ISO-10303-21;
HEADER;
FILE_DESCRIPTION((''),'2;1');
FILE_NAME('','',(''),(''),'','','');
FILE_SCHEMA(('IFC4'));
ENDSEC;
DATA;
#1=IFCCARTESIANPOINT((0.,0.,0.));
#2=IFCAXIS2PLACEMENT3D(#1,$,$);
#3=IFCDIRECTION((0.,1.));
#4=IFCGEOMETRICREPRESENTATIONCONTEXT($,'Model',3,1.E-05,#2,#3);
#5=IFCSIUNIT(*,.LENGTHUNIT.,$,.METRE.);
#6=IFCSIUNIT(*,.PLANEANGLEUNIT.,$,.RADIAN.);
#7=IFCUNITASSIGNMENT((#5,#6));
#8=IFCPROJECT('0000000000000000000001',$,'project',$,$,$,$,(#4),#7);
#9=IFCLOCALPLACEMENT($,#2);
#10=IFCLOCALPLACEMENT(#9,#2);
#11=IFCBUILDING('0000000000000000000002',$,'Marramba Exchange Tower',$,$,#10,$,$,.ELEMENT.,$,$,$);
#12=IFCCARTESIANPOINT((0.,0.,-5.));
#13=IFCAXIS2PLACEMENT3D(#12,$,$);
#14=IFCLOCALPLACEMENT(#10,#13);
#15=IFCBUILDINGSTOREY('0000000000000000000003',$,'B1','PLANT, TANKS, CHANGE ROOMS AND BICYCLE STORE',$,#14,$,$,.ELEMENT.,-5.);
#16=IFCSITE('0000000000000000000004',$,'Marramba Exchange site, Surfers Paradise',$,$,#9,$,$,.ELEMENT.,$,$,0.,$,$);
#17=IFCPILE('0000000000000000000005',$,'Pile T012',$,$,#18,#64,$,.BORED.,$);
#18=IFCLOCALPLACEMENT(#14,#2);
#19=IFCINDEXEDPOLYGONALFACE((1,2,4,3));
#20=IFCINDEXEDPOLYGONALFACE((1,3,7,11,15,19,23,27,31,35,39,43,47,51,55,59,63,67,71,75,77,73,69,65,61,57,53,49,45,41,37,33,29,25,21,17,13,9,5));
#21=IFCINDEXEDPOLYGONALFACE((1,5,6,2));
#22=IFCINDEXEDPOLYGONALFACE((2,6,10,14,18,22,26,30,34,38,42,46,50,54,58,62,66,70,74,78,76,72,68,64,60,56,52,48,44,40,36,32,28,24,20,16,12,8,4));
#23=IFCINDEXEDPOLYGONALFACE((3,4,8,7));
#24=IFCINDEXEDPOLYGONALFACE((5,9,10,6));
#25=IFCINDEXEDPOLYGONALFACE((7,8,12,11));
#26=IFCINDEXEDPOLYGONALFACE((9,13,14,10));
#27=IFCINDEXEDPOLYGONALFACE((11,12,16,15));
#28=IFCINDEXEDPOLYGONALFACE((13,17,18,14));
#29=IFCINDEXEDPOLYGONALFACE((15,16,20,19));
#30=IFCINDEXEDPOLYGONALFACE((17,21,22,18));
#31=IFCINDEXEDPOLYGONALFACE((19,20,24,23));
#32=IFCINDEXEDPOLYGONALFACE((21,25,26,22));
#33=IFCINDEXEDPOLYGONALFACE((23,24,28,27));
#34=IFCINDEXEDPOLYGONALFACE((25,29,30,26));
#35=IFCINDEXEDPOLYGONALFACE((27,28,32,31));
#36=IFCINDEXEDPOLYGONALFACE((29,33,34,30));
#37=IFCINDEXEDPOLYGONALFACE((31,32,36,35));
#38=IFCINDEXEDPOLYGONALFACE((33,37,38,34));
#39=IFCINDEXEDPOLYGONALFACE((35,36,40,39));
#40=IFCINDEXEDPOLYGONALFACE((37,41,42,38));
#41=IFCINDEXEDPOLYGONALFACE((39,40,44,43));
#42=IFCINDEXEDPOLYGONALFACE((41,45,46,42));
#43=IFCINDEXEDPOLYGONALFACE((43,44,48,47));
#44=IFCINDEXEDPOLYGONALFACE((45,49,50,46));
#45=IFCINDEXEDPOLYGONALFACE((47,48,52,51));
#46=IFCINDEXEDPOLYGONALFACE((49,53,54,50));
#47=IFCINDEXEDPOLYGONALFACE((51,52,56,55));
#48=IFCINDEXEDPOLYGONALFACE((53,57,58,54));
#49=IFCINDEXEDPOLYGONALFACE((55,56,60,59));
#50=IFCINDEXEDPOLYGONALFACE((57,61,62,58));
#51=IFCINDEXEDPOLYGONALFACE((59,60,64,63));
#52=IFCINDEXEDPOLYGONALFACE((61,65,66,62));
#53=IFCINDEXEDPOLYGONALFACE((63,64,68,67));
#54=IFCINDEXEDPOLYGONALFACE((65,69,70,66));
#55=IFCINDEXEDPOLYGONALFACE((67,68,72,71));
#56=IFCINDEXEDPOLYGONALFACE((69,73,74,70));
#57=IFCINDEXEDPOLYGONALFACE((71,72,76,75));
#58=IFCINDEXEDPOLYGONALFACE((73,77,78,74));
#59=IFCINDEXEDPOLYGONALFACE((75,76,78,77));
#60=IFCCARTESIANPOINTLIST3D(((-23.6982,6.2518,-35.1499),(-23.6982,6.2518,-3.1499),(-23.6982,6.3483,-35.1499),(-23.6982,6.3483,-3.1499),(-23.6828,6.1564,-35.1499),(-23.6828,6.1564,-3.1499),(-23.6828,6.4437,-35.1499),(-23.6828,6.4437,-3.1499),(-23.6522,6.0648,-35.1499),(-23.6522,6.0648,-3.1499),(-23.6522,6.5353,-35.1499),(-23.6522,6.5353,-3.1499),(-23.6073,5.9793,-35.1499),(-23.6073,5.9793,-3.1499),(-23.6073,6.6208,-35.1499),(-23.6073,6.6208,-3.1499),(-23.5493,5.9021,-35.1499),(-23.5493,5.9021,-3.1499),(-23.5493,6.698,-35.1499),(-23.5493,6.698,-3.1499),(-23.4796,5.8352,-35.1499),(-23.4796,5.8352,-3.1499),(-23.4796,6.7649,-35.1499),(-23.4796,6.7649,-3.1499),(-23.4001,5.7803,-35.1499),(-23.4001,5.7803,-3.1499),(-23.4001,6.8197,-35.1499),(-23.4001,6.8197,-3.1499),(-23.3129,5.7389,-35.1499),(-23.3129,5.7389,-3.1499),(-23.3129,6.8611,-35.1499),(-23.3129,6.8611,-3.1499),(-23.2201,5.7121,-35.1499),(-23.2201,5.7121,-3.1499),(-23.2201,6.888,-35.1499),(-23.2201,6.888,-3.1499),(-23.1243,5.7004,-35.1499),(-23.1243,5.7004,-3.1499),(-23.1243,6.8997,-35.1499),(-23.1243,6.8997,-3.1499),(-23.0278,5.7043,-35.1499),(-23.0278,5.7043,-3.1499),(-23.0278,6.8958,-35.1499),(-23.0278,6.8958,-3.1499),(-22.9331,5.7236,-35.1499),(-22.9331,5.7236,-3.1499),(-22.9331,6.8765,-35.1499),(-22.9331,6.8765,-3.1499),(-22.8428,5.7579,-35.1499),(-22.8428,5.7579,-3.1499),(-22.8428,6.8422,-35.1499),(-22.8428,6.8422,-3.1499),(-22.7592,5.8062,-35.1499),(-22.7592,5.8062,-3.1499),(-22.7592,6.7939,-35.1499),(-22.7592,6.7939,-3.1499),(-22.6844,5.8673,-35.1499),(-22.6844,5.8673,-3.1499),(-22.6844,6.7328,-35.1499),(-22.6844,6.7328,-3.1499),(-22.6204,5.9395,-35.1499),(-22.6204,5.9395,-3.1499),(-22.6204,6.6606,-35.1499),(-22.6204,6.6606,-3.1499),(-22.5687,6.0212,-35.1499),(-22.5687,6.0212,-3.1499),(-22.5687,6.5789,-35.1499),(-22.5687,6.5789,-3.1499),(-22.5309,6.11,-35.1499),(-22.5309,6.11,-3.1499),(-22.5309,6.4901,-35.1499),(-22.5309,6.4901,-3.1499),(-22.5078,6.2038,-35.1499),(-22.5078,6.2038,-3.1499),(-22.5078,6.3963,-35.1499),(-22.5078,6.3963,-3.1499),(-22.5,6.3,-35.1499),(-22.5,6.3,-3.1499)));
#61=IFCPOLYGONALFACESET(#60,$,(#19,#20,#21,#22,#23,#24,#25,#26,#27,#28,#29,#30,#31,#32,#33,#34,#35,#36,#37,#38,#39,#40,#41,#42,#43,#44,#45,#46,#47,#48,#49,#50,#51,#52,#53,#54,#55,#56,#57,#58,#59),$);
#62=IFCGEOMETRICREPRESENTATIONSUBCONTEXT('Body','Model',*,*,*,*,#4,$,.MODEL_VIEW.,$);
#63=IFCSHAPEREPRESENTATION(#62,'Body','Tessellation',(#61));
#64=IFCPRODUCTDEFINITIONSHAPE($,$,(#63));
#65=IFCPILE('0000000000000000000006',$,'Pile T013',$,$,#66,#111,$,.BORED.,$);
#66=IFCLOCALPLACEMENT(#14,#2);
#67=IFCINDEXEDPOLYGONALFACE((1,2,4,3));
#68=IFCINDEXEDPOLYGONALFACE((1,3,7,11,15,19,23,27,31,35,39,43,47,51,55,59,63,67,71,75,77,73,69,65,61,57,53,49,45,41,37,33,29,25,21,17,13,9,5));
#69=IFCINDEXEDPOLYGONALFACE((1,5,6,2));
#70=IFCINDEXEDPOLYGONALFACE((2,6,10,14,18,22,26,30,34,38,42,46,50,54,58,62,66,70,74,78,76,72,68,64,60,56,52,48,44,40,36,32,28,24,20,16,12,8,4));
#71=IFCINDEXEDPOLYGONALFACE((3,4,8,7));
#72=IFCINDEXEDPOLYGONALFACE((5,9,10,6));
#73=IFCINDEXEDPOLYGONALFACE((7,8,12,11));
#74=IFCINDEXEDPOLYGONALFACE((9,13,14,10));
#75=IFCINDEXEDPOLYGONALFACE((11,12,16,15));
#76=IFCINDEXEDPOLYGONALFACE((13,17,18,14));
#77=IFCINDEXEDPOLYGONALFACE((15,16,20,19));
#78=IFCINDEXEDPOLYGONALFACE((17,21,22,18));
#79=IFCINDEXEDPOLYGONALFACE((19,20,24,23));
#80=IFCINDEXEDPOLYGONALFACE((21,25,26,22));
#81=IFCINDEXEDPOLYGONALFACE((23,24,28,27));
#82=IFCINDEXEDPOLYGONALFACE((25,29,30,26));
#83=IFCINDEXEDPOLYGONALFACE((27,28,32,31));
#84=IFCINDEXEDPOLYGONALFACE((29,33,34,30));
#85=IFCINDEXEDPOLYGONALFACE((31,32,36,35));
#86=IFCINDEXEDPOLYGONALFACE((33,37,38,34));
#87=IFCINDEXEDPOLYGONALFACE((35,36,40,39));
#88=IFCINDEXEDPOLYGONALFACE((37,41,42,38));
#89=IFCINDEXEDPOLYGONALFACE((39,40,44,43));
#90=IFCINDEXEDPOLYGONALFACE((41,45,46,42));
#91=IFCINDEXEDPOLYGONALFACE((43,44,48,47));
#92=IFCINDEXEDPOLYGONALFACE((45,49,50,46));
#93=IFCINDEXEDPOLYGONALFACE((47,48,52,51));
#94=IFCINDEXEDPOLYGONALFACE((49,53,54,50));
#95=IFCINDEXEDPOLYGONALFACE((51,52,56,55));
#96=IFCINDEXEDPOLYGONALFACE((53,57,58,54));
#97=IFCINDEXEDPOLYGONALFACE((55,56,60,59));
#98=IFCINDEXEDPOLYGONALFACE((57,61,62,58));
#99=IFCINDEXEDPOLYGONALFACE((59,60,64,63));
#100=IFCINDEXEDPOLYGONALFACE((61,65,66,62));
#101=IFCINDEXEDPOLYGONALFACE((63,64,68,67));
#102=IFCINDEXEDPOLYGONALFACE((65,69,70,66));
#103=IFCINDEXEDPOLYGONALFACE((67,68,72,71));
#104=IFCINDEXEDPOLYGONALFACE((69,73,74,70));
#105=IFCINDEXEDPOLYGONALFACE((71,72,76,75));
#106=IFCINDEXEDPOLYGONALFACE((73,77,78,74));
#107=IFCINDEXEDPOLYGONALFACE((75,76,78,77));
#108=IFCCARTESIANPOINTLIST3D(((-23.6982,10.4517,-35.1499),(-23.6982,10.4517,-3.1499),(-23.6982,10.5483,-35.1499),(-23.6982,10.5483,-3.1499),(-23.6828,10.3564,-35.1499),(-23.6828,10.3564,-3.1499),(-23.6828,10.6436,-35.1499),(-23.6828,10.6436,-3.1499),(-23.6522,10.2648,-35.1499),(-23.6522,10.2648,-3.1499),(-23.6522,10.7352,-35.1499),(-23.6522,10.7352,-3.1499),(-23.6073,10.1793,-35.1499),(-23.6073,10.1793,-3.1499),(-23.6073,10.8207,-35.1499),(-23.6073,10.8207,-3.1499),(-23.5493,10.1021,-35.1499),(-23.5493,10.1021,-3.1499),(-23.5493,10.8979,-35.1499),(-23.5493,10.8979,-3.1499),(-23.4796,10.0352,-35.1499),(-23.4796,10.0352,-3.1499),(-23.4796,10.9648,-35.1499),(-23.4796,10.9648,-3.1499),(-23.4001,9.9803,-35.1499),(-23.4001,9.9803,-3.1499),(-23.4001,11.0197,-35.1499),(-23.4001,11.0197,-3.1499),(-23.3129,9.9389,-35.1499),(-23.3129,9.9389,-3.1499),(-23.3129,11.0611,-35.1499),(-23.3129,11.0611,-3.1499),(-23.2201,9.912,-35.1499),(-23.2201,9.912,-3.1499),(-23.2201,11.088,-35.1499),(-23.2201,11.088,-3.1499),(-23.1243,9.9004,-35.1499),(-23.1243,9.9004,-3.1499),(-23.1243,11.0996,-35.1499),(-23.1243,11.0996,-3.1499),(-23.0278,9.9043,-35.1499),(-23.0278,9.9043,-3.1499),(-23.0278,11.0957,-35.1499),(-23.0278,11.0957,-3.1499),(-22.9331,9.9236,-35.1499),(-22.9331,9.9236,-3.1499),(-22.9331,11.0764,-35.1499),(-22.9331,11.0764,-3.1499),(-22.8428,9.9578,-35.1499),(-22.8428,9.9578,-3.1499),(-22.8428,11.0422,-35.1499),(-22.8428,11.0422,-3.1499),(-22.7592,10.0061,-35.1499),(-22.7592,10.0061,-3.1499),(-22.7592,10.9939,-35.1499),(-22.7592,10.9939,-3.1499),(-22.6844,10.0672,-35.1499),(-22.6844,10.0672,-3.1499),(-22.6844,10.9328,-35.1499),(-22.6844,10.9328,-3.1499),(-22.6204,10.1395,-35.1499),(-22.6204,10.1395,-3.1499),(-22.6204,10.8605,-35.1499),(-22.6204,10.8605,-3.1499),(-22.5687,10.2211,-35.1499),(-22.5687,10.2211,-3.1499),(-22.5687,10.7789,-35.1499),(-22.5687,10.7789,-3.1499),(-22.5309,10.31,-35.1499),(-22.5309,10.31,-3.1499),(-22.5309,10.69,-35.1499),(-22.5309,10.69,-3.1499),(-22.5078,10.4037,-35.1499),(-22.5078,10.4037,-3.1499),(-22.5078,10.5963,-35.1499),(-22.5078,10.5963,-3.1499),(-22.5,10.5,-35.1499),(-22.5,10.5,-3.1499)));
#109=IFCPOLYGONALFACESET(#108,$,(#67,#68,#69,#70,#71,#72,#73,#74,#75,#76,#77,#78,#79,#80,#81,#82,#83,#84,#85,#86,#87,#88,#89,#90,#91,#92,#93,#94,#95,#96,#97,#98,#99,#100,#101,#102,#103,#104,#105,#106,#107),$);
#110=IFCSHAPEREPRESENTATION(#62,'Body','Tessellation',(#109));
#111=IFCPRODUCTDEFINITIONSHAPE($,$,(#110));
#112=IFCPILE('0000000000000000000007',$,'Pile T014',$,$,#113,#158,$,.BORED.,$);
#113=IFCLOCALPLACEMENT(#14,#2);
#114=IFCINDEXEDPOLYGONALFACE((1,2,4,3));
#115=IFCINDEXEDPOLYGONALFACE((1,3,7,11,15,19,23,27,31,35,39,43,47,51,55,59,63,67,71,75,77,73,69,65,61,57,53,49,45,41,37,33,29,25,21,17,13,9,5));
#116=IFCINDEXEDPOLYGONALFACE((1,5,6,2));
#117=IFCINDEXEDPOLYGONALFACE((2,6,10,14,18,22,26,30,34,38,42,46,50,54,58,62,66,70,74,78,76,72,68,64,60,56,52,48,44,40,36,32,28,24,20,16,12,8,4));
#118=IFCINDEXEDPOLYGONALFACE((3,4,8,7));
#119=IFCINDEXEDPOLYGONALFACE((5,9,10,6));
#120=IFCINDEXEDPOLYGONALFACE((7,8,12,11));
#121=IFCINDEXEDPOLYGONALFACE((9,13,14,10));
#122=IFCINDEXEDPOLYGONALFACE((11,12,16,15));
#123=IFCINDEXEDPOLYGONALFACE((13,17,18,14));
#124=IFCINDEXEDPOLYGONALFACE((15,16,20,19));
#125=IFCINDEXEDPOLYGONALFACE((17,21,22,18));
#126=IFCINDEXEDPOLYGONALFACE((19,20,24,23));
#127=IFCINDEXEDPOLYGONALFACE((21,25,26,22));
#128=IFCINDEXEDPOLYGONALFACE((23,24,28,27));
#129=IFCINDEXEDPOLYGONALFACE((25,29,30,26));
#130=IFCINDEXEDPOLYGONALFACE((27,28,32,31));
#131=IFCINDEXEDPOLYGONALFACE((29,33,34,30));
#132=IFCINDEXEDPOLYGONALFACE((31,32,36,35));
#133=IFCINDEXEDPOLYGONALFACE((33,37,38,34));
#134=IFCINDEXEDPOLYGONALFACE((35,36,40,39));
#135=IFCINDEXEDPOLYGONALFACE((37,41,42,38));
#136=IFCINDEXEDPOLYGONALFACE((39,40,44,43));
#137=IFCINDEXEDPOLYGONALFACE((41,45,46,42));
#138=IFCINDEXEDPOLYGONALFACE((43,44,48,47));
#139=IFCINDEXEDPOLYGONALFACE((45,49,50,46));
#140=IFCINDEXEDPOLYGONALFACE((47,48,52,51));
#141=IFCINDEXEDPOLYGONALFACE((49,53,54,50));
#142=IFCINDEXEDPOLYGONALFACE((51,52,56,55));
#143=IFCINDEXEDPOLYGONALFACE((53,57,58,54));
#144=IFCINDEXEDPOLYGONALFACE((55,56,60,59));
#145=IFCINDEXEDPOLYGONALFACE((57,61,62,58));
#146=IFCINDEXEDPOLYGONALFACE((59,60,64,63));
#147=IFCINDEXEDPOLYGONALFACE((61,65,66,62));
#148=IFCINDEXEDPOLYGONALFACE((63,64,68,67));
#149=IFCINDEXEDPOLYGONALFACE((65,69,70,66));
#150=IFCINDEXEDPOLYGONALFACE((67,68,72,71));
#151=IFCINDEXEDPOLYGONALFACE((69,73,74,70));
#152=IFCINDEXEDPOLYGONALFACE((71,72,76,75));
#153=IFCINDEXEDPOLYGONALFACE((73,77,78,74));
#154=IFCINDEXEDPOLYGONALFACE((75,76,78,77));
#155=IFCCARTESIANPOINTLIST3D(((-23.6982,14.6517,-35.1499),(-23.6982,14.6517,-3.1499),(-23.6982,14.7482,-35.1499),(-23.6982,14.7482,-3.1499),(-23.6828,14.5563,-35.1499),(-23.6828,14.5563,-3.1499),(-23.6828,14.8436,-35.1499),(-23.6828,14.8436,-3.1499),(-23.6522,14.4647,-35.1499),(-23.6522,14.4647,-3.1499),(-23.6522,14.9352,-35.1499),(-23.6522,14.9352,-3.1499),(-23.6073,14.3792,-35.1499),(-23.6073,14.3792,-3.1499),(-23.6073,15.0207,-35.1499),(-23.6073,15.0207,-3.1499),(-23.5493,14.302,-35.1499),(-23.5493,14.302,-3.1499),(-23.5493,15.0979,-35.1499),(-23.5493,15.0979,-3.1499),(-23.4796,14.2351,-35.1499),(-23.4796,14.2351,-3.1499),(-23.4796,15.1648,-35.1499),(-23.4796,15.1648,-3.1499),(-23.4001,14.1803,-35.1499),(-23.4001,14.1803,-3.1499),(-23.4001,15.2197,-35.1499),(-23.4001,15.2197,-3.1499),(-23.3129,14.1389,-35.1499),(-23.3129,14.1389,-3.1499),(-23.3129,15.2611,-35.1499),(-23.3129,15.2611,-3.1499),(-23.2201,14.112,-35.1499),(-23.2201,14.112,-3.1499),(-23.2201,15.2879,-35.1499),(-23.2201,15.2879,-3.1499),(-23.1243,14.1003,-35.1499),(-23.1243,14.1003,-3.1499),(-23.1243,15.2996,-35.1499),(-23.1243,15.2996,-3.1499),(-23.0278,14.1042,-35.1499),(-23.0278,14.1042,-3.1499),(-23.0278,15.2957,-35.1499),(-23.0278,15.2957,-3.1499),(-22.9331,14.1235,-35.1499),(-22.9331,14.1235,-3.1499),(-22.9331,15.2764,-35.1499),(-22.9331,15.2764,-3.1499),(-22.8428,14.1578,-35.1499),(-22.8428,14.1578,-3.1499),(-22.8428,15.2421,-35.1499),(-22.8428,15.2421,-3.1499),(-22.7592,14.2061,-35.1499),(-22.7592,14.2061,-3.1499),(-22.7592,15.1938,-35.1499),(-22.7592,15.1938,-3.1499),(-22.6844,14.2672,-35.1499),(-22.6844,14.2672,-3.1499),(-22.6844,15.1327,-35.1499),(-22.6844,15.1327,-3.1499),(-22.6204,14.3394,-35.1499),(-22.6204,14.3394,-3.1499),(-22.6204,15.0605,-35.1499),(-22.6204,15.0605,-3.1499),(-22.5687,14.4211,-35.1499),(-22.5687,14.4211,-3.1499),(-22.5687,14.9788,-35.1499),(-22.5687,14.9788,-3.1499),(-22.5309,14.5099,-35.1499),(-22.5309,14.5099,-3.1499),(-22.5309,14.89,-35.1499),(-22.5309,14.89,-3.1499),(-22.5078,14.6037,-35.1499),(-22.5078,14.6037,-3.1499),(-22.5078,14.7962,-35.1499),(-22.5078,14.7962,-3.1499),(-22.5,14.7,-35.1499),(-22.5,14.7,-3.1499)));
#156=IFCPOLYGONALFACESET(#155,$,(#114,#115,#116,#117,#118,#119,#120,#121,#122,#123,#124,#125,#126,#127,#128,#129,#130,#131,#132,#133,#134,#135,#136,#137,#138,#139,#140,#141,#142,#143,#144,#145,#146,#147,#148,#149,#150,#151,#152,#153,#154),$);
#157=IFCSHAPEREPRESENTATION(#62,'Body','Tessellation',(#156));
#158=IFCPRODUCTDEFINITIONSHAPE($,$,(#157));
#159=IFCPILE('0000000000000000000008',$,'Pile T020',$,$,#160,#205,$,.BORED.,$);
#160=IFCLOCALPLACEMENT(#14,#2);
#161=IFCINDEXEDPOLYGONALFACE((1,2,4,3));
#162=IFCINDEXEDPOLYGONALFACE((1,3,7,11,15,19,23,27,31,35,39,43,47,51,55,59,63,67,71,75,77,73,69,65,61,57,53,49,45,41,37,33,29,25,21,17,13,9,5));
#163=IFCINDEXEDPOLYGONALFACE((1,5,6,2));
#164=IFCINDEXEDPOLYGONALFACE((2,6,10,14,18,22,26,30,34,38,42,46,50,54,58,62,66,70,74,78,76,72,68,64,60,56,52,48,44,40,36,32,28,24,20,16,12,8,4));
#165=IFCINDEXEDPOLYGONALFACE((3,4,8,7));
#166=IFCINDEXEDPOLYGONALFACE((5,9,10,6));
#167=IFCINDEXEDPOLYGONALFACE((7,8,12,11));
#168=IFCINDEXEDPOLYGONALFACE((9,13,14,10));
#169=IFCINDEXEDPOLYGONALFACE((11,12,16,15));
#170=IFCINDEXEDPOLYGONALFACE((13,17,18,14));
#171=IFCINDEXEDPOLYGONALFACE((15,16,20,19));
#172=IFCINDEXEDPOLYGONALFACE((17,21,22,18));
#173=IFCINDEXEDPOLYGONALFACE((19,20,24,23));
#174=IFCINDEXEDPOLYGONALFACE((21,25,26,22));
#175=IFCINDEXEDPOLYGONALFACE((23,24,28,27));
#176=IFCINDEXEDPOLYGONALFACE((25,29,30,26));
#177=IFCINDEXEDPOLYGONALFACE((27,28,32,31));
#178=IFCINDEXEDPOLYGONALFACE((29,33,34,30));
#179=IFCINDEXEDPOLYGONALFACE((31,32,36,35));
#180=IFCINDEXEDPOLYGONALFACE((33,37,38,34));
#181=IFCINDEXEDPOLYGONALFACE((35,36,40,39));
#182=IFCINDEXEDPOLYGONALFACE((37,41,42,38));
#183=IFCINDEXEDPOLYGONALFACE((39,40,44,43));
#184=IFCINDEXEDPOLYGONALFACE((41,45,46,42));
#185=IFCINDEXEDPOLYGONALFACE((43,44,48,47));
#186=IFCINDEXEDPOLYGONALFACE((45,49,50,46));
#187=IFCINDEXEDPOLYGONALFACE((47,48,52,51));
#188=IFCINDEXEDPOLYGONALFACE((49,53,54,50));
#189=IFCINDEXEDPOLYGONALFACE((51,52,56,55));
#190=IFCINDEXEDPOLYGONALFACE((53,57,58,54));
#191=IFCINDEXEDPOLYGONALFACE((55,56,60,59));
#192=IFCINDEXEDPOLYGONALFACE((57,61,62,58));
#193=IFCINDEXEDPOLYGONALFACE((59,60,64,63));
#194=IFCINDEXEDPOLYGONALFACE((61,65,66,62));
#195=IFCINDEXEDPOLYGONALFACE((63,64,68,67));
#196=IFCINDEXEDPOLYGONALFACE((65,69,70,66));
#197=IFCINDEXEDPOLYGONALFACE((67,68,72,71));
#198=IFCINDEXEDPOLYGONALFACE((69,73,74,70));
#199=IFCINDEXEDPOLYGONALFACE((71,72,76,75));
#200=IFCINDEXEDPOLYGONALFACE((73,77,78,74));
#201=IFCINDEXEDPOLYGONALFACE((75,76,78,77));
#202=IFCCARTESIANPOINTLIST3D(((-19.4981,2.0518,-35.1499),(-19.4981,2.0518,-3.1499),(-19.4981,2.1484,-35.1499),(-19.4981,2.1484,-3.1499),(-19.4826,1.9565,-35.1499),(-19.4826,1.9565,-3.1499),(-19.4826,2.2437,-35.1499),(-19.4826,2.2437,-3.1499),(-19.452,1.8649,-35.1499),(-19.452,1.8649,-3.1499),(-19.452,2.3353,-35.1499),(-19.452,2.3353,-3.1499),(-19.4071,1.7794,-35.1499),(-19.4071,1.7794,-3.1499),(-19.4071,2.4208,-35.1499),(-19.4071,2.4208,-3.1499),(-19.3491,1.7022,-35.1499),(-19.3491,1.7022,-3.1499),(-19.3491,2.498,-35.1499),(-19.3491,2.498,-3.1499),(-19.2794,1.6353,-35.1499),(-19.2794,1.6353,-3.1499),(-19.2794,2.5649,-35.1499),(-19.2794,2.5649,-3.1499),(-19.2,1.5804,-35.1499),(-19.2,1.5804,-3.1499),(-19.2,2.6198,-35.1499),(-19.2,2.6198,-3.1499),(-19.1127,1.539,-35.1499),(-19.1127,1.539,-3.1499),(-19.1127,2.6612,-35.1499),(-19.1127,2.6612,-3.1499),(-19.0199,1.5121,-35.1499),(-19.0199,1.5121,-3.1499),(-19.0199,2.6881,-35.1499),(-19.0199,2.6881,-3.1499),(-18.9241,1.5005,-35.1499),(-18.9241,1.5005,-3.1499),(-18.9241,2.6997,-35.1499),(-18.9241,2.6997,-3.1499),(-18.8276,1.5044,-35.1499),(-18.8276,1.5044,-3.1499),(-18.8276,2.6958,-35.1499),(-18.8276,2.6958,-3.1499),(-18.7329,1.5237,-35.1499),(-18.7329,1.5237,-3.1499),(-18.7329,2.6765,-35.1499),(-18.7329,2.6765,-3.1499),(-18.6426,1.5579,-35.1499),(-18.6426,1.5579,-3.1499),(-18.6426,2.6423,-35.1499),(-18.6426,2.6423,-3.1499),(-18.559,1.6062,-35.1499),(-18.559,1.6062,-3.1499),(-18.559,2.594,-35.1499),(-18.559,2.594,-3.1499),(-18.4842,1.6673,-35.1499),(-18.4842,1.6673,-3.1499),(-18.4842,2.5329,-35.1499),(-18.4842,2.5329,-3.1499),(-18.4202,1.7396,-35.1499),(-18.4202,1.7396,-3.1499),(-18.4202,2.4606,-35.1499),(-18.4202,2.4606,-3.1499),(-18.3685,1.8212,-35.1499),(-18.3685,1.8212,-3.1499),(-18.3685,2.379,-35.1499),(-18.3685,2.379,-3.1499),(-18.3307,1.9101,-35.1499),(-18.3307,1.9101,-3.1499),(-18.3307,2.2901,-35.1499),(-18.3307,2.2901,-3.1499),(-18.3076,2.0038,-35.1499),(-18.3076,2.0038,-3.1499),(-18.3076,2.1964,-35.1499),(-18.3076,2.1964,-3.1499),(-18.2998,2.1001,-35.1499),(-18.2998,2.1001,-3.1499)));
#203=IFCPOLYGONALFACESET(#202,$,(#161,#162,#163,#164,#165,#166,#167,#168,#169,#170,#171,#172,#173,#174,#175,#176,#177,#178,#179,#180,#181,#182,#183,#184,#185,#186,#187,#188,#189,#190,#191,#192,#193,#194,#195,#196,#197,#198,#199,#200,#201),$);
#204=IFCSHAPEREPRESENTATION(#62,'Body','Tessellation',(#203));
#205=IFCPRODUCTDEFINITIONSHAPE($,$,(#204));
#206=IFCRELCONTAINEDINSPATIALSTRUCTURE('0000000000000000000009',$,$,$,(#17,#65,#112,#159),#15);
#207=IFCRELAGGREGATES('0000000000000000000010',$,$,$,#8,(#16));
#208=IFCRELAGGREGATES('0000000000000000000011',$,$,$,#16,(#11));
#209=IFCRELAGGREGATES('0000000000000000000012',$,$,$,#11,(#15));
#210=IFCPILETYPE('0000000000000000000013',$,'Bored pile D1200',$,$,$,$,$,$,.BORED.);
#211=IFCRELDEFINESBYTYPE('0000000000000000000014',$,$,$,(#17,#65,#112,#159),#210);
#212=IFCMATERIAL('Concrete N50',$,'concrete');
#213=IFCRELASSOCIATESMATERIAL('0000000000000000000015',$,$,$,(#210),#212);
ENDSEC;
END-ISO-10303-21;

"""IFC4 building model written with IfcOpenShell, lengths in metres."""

from ifc_helpers import new_model, si_unit, direction, frame, origin, origin_2d, place, context, subcontext, project, spatial, circle, extrude, material, material_profile, profile_set, type_object, element, save


model = new_model("IFC4")

# Units and contexts
model_context = context("Model", 3, precision=1e-05, world=origin(), true_north=direction((0.0, 1.0)))
body_context = subcontext(model_context, "Body", "Model", "MODEL_VIEW")
ifc_project = project(units=[si_unit("LENGTHUNIT", "METRE"), si_unit("PLANEANGLEUNIT", "RADIAN")], contexts=[model_context])

# Site, building, storey
site_placement = place(None, origin())
site = spatial("IfcSite", under=ifc_project, at=site_placement, Name="Marramba Exchange site, Surfers Paradise", CompositionType="ELEMENT", RefElevation=0.0)
building_placement = place(site_placement, origin())
building = spatial("IfcBuilding", under=site, at=building_placement, Name="Marramba Exchange Tower", CompositionType="ELEMENT")
storey_placement = place(building_placement, frame((0.0, 0.0, -5.0)))
storey = spatial("IfcBuildingStorey", under=building, at=storey_placement, Name="B1", Description="PLANT, TANKS, CHANGE ROOMS AND BICYCLE STORE", CompositionType="ELEMENT", Elevation=-5.0)

# Piles
ifc_material_1 = material(Name="Concrete N50", Category="concrete")
ifc_material_profile_1 = material_profile(ifc_material_1, circle(Radius=0.6001, at=origin_2d()), Name="BP D1200")
ifc_profile_set_1 = profile_set([ifc_material_profile_1], Name="Concrete N50")
pile_type = type_object("IfcPileType", Name="Bored pile D1200", PredefinedType="BORED", material=ifc_profile_set_1)
for number, where, z_axis, x_axis, name in (
    (1, (-23.1001, 6.3, -3.1499), (0.0, 0.0, -1.0), (1.0, 0.0, 0.0), "Pile T012"),
    (2, (-23.1001, 10.5, -3.1499), (0.0, 0.0, -1.0), (1.0, 0.0, 0.0), "Pile T013"),
    (3, (-23.1001, 14.7, -3.1499), (0.0, 0.0, -1.0), (1.0, 0.0, 0.0), "Pile T014"),
    (4, (-18.8999, 2.1001, -3.1499), (0.0, 0.0, -1.0), (1.0, 0.0, 0.0), "Pile T020"),
):
    element("IfcPile", number, at=place(storey_placement, frame(where, z_axis=z_axis, x_axis=x_axis)), inside=storey, type_object=pile_type, Name=name, PredefinedType="BORED", context=body_context, shape_type="SweptSolid", body=[
        extrude(circle(Radius=0.6001, at=origin_2d()), origin(), (0.0, 0.0, 1.0), 32.0),
    ])

save(model, "model.ifc")
